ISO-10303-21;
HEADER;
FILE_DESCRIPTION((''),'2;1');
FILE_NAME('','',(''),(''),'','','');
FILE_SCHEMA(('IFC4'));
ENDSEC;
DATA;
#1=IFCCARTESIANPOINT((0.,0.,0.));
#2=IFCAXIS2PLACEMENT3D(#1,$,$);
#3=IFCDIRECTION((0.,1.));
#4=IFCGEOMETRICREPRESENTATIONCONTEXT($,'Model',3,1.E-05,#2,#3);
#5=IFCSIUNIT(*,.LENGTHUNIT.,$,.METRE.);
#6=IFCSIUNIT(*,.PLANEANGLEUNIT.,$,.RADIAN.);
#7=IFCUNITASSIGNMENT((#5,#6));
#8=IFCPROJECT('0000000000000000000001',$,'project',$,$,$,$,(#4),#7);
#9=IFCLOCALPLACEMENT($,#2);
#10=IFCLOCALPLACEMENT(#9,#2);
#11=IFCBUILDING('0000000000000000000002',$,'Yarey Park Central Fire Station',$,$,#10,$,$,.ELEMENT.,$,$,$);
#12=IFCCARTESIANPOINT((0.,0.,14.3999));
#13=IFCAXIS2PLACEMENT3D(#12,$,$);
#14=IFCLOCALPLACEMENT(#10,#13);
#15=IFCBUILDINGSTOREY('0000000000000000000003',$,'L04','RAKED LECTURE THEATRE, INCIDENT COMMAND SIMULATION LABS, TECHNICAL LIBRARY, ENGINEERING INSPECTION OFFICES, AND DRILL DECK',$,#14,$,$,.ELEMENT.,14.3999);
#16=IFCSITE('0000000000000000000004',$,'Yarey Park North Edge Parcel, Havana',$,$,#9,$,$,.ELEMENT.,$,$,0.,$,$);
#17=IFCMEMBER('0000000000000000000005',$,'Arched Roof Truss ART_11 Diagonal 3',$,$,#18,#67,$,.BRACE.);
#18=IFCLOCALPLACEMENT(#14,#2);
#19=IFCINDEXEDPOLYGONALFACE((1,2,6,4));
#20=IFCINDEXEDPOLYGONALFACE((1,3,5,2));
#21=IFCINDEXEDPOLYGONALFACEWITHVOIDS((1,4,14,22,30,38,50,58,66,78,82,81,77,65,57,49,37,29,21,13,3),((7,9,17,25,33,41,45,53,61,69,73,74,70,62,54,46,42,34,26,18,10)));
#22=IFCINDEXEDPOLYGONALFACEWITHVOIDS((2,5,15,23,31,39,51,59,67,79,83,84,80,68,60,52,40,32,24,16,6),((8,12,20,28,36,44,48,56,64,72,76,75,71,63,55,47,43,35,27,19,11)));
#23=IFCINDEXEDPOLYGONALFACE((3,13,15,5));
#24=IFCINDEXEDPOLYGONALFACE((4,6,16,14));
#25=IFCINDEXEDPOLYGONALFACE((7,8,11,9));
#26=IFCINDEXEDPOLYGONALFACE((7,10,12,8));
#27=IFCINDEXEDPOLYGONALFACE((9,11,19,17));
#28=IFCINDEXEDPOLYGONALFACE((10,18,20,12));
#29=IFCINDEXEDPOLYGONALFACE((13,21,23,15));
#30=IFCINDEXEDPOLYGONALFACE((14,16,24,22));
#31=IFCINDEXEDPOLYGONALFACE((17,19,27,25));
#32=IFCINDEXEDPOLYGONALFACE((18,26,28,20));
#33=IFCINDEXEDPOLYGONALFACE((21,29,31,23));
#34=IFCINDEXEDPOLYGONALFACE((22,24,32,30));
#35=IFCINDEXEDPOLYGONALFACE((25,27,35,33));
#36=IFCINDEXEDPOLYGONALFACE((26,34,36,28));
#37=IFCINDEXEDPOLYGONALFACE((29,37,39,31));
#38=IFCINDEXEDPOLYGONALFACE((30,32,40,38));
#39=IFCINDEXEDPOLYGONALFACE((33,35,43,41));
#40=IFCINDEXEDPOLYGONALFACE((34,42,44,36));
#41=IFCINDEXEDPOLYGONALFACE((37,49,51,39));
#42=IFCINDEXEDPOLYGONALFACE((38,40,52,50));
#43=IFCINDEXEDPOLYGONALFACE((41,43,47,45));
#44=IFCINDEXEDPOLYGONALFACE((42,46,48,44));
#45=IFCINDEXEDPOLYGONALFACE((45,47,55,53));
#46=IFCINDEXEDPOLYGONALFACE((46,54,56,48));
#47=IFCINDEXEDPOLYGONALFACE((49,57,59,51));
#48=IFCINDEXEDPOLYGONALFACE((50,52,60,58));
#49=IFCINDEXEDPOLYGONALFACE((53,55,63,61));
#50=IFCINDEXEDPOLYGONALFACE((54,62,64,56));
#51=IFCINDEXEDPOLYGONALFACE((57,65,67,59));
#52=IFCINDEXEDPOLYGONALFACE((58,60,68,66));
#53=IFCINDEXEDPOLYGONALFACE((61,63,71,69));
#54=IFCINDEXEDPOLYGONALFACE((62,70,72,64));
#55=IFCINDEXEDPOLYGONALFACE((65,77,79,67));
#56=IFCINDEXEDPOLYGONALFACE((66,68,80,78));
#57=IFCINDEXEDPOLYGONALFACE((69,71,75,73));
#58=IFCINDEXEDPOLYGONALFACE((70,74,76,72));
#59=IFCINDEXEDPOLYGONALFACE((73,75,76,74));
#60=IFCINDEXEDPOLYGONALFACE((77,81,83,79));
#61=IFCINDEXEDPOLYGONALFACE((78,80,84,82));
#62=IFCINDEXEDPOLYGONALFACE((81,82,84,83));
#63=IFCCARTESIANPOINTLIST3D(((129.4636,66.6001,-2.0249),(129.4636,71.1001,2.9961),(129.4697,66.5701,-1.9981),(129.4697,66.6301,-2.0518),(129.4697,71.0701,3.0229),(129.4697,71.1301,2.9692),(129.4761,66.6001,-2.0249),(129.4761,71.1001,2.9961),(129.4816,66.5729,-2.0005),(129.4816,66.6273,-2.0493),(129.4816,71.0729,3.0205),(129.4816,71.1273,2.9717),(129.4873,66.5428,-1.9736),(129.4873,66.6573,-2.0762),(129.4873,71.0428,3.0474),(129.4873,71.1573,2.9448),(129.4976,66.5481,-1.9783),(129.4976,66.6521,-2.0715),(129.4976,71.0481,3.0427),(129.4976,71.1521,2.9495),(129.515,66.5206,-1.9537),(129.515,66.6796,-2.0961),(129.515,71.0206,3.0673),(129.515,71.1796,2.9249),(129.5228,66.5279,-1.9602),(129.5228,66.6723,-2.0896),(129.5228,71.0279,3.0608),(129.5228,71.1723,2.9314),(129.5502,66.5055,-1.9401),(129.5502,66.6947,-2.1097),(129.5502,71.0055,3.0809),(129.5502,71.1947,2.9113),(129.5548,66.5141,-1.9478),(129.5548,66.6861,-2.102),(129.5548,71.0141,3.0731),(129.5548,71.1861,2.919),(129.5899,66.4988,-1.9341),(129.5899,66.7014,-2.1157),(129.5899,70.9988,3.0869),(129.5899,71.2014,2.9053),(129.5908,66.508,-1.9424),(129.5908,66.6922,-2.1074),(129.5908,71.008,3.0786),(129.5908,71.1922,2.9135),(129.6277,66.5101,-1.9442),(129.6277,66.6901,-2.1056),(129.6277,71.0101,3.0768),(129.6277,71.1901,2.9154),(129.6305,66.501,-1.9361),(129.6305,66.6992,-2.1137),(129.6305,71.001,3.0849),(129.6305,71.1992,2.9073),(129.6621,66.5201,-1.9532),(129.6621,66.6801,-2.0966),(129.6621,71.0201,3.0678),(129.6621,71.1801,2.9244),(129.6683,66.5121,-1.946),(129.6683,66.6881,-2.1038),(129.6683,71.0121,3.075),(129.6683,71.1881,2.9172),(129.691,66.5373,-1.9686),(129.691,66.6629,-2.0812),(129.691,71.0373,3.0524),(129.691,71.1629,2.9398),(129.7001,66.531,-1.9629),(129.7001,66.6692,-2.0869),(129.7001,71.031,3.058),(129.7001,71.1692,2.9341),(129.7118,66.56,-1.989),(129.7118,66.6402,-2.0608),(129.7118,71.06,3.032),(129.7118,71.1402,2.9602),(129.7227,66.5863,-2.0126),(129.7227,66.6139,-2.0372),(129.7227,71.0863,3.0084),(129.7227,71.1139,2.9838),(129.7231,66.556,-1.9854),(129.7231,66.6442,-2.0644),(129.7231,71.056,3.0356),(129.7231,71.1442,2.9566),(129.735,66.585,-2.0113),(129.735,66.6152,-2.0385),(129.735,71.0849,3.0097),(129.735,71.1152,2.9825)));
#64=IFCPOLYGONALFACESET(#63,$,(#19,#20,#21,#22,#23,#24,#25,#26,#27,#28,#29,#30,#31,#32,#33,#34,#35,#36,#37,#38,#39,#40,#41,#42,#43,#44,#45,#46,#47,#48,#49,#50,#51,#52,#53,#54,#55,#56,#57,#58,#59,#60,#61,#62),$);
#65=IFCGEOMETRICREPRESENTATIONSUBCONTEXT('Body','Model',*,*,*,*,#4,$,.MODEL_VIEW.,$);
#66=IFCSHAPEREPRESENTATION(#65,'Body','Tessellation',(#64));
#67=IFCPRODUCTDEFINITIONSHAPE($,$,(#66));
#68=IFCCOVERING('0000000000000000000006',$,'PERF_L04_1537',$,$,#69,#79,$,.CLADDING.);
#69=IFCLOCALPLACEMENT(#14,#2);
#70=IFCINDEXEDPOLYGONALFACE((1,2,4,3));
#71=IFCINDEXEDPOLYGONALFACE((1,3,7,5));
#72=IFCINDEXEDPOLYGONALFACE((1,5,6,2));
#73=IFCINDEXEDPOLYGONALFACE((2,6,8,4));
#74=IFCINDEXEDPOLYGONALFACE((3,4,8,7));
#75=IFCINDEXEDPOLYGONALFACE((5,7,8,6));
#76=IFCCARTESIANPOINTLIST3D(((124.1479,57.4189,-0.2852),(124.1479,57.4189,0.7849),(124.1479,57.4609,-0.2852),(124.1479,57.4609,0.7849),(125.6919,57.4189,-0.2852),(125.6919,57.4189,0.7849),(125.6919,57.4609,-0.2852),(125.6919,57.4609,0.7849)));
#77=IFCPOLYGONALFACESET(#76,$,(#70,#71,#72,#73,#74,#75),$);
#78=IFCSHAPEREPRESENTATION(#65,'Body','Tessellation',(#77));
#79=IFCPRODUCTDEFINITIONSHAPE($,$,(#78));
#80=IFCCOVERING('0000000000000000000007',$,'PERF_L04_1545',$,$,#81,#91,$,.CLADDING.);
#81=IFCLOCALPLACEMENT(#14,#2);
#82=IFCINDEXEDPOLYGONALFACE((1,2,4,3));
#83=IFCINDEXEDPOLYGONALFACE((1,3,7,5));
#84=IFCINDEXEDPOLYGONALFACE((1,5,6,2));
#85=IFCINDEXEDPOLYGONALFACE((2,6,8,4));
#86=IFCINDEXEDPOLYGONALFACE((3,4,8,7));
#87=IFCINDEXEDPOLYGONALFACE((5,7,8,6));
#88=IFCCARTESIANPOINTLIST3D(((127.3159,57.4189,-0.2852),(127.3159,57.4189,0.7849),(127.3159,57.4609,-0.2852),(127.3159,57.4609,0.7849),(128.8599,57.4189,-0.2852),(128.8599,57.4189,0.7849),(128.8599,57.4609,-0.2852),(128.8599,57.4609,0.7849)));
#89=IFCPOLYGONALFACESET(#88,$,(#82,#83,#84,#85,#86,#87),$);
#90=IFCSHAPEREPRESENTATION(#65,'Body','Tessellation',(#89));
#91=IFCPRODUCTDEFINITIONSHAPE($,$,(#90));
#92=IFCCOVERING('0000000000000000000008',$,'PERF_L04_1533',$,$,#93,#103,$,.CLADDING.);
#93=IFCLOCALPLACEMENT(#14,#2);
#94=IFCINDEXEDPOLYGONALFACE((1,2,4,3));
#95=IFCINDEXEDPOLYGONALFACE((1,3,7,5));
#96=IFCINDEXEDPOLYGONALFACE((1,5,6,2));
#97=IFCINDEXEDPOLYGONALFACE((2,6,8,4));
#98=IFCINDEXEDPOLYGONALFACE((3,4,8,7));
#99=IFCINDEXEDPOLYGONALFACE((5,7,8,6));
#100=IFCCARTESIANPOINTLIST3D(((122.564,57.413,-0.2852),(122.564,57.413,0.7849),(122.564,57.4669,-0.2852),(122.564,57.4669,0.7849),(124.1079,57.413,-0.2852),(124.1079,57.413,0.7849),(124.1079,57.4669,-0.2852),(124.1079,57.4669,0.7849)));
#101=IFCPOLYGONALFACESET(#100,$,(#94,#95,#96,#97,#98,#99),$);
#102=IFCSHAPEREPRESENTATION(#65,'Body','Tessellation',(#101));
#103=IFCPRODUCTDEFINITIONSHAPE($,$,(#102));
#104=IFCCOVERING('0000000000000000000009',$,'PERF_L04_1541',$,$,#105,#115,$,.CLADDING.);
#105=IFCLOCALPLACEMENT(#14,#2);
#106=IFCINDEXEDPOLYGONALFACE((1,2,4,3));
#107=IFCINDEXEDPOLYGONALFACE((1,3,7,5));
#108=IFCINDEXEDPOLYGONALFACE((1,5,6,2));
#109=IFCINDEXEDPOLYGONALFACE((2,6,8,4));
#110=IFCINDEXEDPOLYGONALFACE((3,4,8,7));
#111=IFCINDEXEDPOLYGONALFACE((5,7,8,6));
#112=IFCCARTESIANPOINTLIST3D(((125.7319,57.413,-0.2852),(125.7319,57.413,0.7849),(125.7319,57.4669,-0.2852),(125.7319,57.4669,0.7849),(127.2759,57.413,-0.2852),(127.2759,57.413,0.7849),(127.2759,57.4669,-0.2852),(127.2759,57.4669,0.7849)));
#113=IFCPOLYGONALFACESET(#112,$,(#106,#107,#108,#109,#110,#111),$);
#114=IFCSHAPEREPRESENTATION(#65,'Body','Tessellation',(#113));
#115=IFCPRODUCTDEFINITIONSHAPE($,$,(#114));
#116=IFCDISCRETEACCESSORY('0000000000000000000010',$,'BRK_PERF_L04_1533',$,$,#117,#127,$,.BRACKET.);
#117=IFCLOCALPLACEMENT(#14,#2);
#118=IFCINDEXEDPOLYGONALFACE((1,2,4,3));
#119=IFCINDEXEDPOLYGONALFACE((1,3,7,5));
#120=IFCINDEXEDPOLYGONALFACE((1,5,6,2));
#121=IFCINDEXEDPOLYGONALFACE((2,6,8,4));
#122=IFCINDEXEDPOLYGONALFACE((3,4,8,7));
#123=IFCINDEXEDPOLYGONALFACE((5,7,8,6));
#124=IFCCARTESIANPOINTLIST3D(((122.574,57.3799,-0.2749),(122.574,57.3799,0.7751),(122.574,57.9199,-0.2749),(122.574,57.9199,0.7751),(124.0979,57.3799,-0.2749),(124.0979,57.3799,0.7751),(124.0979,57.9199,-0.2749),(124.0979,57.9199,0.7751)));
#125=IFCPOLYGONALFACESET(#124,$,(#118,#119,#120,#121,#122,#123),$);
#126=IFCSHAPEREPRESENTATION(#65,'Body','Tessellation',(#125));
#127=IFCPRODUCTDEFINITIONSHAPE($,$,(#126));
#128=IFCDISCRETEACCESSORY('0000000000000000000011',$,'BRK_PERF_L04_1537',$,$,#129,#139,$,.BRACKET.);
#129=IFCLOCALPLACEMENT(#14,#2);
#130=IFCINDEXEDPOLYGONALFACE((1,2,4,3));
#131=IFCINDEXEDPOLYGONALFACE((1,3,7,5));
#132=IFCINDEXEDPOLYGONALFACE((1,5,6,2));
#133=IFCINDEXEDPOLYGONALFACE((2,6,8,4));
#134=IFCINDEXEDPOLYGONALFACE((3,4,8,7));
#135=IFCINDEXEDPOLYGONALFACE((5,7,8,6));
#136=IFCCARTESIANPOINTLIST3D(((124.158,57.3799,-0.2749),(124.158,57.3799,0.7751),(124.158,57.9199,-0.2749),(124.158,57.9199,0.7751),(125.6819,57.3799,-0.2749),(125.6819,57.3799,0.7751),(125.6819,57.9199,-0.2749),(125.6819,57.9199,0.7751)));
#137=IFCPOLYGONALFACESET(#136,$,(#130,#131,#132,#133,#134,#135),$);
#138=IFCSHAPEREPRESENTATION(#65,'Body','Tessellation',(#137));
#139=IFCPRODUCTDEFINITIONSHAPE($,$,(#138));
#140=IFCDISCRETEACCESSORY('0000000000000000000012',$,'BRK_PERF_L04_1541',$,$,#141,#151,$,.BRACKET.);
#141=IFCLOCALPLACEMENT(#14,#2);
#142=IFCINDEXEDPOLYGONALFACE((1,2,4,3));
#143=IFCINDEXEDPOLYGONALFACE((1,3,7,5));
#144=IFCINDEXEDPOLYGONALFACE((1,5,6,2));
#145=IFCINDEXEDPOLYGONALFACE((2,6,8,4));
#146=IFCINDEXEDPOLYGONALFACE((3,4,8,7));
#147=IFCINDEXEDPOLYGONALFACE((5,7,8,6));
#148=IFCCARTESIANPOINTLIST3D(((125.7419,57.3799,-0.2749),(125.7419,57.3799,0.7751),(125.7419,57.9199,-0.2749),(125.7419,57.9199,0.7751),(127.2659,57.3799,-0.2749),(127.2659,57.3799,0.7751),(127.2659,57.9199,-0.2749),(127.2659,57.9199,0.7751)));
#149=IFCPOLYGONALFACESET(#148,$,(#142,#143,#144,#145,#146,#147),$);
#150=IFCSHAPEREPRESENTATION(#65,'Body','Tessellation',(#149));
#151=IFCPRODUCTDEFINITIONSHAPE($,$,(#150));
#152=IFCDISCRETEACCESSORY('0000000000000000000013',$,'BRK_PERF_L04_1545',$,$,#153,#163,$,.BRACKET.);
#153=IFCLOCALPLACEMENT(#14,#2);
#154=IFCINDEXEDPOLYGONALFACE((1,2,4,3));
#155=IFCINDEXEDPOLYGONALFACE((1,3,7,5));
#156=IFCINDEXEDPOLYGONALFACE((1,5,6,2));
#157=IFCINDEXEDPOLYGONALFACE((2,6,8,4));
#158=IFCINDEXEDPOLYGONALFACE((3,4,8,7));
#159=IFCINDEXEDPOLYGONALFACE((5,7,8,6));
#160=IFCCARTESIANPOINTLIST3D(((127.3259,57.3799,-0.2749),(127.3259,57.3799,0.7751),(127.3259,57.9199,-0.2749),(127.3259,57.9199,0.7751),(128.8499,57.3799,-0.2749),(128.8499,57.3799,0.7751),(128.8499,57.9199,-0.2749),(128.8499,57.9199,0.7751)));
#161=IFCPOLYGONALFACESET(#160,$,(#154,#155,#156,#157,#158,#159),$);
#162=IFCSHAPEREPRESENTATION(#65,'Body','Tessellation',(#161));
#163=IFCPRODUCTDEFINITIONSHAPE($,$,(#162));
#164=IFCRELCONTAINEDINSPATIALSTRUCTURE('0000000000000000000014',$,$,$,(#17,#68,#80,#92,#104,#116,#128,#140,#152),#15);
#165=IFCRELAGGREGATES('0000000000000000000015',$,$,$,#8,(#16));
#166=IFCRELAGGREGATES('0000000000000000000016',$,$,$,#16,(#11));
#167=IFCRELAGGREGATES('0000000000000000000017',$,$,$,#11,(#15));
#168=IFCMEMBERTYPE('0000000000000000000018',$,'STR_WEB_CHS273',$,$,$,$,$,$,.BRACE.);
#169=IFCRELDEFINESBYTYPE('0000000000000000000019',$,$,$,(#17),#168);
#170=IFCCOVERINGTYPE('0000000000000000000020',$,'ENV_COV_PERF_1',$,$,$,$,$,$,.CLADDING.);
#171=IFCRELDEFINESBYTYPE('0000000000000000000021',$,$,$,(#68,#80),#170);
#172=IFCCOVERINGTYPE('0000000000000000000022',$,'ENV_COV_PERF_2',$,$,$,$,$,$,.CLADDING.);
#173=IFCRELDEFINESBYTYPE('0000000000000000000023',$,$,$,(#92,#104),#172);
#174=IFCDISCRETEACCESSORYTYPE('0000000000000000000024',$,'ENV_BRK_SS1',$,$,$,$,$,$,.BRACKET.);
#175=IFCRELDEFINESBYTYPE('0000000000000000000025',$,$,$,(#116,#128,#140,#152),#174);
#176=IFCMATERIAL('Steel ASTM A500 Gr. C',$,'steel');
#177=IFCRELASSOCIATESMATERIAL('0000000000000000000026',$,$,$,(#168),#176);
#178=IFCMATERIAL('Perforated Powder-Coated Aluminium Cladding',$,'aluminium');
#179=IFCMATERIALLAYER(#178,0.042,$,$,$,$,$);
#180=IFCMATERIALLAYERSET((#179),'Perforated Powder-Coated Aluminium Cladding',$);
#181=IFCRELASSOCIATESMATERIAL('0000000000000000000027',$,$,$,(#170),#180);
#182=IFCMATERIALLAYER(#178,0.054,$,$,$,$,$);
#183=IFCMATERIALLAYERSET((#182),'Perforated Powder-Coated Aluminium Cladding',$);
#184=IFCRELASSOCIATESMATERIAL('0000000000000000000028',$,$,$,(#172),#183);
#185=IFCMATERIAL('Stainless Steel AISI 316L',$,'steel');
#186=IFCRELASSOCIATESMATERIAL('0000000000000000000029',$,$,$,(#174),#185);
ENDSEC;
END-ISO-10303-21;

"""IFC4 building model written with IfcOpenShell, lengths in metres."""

from ifc_helpers import new_model, si_unit, direction, frame, origin, origin_2d, place, context, subcontext, project, spatial, rectangle, hollow_circle, extrude, material, layer, layer_set, material_profile, profile_set, type_object, element, save


model = new_model("IFC4")

# Units and contexts
model_context = context("Model", 3, precision=1e-05, world=origin(), true_north=direction((0.0, 1.0)))
body_context = subcontext(model_context, "Body", "Model", "MODEL_VIEW")
ifc_project = project(units=[si_unit("LENGTHUNIT", "METRE"), si_unit("PLANEANGLEUNIT", "RADIAN")], contexts=[model_context])

# Site, building, storey
site_placement = place(None, origin())
site = spatial("IfcSite", under=ifc_project, at=site_placement, Name="Yarey Park North Edge Parcel, Havana", CompositionType="ELEMENT", RefElevation=0.0)
building_placement = place(site_placement, origin())
building = spatial("IfcBuilding", under=site, at=building_placement, Name="Yarey Park Central Fire Station", CompositionType="ELEMENT")
storey_placement = place(building_placement, frame((0.0, 0.0, 14.3999)))
storey = spatial("IfcBuildingStorey", under=building, at=storey_placement, Name="L04", Description="RAKED LECTURE THEATRE, INCIDENT COMMAND SIMULATION LABS, TECHNICAL LIBRARY, ENGINEERING INSPECTION OFFICES, AND DRILL DECK", CompositionType="ELEMENT", Elevation=14.3999)

# Shared definitions
ifc_material_1 = material(Name="Steel ASTM A500 Gr. C", Category="steel")

# Member
ifc_material_profile_1 = material_profile(ifc_material_1, hollow_circle(Radius=0.1365, WallThickness=0.0125, at=origin_2d()), Name="CHS 273x12.5")
ifc_profile_set_1 = profile_set([ifc_material_profile_1], Name="Steel ASTM A500 Gr. C")
member_type_1 = type_object("IfcMemberType", Name="STR_WEB_CHS273", PredefinedType="BRACE", material=ifc_profile_set_1)
member_1_placement = place(storey_placement, frame((129.6001, 66.6001, -2.0249), z_axis=(0.0, 0.667415, 0.744686), x_axis=(-1.0, 0.0, 0.0)))
element("IfcMember", 1, at=member_1_placement, inside=storey, type_object=member_type_1, Name="Arched Roof Truss ART_11 Diagonal 3", PredefinedType="BRACE", context=body_context, shape_type="SweptSolid", body=[
    extrude(hollow_circle(Radius=0.1365, WallThickness=0.0125, at=origin_2d()), origin(), (0.0, 0.0, 1.0), 6.7424),
])

# Coverings
ifc_material_2 = material(Name="Perforated Powder-Coated Aluminium Cladding", Category="aluminium")
ifc_layer_1 = layer(ifc_material_2, 0.042)
ifc_layer_set_1 = layer_set([ifc_layer_1], Name="Perforated Powder-Coated Aluminium Cladding")
covering_type_1 = type_object("IfcCoveringType", Name="ENV_COV_PERF_1", PredefinedType="CLADDING", material=ifc_layer_set_1)
for number, where, z_axis, x_axis, name in (
    (2, (124.9199, 57.4399, -0.2852), (0.0, 0.0, 1.0), (1.0, 0.0, 0.0), "PERF_L04_1537"),
    (3, (128.0879, 57.4399, -0.2852), (0.0, 0.0, 1.0), (1.0, 0.0, 0.0), "PERF_L04_1545"),
):
    element("IfcCovering", number, at=place(storey_placement, frame(where, z_axis=z_axis, x_axis=x_axis)), inside=storey, type_object=covering_type_1, Name=name, PredefinedType="CLADDING", context=body_context, shape_type="SweptSolid", body=[
        extrude(rectangle(XDim=1.5439, YDim=0.042, at=origin_2d()), origin(), (0.0, 0.0, 1.0), 1.0701),
    ])
ifc_layer_2 = layer(ifc_material_2, 0.054)
ifc_layer_set_2 = layer_set([ifc_layer_2], Name="Perforated Powder-Coated Aluminium Cladding")
covering_type_2 = type_object("IfcCoveringType", Name="ENV_COV_PERF_2", PredefinedType="CLADDING", material=ifc_layer_set_2)
for number, where, z_axis, x_axis, name in (
    (4, (123.3359, 57.4399, -0.2852), (0.0, 0.0, 1.0), (1.0, 0.0, 0.0), "PERF_L04_1533"),
    (5, (126.5039, 57.4399, -0.2852), (0.0, 0.0, 1.0), (1.0, 0.0, 0.0), "PERF_L04_1541"),
):
    element("IfcCovering", number, at=place(storey_placement, frame(where, z_axis=z_axis, x_axis=x_axis)), inside=storey, type_object=covering_type_2, Name=name, PredefinedType="CLADDING", context=body_context, shape_type="SweptSolid", body=[
        extrude(rectangle(XDim=1.5439, YDim=0.054, at=origin_2d()), origin(), (0.0, 0.0, 1.0), 1.0701),
    ])

# Discrete accessories
ifc_material_3 = material(Name="Stainless Steel AISI 316L", Category="steel")
discrete_accessory_type = type_object("IfcDiscreteAccessoryType", Name="ENV_BRK_SS1", PredefinedType="BRACKET", material=ifc_material_3)
for number, where, z_axis, x_axis, name in (
    (6, (123.3359, 57.6499, -0.2749), (0.0, 0.0, 1.0), (1.0, 0.0, 0.0), "BRK_PERF_L04_1533"),
    (7, (124.9199, 57.6499, -0.2749), (0.0, 0.0, 1.0), (1.0, 0.0, 0.0), "BRK_PERF_L04_1537"),
    (8, (126.5039, 57.6499, -0.2749), (0.0, 0.0, 1.0), (1.0, 0.0, 0.0), "BRK_PERF_L04_1541"),
    (9, (128.0879, 57.6499, -0.2749), (0.0, 0.0, 1.0), (1.0, 0.0, 0.0), "BRK_PERF_L04_1545"),
):
    element("IfcDiscreteAccessory", number, at=place(storey_placement, frame(where, z_axis=z_axis, x_axis=x_axis)), inside=storey, type_object=discrete_accessory_type, Name=name, PredefinedType="BRACKET", context=body_context, shape_type="SweptSolid", body=[
        extrude(rectangle(XDim=1.5239, YDim=0.54, at=origin_2d()), origin(), (0.0, 0.0, 1.0), 1.05),
    ])

save(model, "model.ifc")
